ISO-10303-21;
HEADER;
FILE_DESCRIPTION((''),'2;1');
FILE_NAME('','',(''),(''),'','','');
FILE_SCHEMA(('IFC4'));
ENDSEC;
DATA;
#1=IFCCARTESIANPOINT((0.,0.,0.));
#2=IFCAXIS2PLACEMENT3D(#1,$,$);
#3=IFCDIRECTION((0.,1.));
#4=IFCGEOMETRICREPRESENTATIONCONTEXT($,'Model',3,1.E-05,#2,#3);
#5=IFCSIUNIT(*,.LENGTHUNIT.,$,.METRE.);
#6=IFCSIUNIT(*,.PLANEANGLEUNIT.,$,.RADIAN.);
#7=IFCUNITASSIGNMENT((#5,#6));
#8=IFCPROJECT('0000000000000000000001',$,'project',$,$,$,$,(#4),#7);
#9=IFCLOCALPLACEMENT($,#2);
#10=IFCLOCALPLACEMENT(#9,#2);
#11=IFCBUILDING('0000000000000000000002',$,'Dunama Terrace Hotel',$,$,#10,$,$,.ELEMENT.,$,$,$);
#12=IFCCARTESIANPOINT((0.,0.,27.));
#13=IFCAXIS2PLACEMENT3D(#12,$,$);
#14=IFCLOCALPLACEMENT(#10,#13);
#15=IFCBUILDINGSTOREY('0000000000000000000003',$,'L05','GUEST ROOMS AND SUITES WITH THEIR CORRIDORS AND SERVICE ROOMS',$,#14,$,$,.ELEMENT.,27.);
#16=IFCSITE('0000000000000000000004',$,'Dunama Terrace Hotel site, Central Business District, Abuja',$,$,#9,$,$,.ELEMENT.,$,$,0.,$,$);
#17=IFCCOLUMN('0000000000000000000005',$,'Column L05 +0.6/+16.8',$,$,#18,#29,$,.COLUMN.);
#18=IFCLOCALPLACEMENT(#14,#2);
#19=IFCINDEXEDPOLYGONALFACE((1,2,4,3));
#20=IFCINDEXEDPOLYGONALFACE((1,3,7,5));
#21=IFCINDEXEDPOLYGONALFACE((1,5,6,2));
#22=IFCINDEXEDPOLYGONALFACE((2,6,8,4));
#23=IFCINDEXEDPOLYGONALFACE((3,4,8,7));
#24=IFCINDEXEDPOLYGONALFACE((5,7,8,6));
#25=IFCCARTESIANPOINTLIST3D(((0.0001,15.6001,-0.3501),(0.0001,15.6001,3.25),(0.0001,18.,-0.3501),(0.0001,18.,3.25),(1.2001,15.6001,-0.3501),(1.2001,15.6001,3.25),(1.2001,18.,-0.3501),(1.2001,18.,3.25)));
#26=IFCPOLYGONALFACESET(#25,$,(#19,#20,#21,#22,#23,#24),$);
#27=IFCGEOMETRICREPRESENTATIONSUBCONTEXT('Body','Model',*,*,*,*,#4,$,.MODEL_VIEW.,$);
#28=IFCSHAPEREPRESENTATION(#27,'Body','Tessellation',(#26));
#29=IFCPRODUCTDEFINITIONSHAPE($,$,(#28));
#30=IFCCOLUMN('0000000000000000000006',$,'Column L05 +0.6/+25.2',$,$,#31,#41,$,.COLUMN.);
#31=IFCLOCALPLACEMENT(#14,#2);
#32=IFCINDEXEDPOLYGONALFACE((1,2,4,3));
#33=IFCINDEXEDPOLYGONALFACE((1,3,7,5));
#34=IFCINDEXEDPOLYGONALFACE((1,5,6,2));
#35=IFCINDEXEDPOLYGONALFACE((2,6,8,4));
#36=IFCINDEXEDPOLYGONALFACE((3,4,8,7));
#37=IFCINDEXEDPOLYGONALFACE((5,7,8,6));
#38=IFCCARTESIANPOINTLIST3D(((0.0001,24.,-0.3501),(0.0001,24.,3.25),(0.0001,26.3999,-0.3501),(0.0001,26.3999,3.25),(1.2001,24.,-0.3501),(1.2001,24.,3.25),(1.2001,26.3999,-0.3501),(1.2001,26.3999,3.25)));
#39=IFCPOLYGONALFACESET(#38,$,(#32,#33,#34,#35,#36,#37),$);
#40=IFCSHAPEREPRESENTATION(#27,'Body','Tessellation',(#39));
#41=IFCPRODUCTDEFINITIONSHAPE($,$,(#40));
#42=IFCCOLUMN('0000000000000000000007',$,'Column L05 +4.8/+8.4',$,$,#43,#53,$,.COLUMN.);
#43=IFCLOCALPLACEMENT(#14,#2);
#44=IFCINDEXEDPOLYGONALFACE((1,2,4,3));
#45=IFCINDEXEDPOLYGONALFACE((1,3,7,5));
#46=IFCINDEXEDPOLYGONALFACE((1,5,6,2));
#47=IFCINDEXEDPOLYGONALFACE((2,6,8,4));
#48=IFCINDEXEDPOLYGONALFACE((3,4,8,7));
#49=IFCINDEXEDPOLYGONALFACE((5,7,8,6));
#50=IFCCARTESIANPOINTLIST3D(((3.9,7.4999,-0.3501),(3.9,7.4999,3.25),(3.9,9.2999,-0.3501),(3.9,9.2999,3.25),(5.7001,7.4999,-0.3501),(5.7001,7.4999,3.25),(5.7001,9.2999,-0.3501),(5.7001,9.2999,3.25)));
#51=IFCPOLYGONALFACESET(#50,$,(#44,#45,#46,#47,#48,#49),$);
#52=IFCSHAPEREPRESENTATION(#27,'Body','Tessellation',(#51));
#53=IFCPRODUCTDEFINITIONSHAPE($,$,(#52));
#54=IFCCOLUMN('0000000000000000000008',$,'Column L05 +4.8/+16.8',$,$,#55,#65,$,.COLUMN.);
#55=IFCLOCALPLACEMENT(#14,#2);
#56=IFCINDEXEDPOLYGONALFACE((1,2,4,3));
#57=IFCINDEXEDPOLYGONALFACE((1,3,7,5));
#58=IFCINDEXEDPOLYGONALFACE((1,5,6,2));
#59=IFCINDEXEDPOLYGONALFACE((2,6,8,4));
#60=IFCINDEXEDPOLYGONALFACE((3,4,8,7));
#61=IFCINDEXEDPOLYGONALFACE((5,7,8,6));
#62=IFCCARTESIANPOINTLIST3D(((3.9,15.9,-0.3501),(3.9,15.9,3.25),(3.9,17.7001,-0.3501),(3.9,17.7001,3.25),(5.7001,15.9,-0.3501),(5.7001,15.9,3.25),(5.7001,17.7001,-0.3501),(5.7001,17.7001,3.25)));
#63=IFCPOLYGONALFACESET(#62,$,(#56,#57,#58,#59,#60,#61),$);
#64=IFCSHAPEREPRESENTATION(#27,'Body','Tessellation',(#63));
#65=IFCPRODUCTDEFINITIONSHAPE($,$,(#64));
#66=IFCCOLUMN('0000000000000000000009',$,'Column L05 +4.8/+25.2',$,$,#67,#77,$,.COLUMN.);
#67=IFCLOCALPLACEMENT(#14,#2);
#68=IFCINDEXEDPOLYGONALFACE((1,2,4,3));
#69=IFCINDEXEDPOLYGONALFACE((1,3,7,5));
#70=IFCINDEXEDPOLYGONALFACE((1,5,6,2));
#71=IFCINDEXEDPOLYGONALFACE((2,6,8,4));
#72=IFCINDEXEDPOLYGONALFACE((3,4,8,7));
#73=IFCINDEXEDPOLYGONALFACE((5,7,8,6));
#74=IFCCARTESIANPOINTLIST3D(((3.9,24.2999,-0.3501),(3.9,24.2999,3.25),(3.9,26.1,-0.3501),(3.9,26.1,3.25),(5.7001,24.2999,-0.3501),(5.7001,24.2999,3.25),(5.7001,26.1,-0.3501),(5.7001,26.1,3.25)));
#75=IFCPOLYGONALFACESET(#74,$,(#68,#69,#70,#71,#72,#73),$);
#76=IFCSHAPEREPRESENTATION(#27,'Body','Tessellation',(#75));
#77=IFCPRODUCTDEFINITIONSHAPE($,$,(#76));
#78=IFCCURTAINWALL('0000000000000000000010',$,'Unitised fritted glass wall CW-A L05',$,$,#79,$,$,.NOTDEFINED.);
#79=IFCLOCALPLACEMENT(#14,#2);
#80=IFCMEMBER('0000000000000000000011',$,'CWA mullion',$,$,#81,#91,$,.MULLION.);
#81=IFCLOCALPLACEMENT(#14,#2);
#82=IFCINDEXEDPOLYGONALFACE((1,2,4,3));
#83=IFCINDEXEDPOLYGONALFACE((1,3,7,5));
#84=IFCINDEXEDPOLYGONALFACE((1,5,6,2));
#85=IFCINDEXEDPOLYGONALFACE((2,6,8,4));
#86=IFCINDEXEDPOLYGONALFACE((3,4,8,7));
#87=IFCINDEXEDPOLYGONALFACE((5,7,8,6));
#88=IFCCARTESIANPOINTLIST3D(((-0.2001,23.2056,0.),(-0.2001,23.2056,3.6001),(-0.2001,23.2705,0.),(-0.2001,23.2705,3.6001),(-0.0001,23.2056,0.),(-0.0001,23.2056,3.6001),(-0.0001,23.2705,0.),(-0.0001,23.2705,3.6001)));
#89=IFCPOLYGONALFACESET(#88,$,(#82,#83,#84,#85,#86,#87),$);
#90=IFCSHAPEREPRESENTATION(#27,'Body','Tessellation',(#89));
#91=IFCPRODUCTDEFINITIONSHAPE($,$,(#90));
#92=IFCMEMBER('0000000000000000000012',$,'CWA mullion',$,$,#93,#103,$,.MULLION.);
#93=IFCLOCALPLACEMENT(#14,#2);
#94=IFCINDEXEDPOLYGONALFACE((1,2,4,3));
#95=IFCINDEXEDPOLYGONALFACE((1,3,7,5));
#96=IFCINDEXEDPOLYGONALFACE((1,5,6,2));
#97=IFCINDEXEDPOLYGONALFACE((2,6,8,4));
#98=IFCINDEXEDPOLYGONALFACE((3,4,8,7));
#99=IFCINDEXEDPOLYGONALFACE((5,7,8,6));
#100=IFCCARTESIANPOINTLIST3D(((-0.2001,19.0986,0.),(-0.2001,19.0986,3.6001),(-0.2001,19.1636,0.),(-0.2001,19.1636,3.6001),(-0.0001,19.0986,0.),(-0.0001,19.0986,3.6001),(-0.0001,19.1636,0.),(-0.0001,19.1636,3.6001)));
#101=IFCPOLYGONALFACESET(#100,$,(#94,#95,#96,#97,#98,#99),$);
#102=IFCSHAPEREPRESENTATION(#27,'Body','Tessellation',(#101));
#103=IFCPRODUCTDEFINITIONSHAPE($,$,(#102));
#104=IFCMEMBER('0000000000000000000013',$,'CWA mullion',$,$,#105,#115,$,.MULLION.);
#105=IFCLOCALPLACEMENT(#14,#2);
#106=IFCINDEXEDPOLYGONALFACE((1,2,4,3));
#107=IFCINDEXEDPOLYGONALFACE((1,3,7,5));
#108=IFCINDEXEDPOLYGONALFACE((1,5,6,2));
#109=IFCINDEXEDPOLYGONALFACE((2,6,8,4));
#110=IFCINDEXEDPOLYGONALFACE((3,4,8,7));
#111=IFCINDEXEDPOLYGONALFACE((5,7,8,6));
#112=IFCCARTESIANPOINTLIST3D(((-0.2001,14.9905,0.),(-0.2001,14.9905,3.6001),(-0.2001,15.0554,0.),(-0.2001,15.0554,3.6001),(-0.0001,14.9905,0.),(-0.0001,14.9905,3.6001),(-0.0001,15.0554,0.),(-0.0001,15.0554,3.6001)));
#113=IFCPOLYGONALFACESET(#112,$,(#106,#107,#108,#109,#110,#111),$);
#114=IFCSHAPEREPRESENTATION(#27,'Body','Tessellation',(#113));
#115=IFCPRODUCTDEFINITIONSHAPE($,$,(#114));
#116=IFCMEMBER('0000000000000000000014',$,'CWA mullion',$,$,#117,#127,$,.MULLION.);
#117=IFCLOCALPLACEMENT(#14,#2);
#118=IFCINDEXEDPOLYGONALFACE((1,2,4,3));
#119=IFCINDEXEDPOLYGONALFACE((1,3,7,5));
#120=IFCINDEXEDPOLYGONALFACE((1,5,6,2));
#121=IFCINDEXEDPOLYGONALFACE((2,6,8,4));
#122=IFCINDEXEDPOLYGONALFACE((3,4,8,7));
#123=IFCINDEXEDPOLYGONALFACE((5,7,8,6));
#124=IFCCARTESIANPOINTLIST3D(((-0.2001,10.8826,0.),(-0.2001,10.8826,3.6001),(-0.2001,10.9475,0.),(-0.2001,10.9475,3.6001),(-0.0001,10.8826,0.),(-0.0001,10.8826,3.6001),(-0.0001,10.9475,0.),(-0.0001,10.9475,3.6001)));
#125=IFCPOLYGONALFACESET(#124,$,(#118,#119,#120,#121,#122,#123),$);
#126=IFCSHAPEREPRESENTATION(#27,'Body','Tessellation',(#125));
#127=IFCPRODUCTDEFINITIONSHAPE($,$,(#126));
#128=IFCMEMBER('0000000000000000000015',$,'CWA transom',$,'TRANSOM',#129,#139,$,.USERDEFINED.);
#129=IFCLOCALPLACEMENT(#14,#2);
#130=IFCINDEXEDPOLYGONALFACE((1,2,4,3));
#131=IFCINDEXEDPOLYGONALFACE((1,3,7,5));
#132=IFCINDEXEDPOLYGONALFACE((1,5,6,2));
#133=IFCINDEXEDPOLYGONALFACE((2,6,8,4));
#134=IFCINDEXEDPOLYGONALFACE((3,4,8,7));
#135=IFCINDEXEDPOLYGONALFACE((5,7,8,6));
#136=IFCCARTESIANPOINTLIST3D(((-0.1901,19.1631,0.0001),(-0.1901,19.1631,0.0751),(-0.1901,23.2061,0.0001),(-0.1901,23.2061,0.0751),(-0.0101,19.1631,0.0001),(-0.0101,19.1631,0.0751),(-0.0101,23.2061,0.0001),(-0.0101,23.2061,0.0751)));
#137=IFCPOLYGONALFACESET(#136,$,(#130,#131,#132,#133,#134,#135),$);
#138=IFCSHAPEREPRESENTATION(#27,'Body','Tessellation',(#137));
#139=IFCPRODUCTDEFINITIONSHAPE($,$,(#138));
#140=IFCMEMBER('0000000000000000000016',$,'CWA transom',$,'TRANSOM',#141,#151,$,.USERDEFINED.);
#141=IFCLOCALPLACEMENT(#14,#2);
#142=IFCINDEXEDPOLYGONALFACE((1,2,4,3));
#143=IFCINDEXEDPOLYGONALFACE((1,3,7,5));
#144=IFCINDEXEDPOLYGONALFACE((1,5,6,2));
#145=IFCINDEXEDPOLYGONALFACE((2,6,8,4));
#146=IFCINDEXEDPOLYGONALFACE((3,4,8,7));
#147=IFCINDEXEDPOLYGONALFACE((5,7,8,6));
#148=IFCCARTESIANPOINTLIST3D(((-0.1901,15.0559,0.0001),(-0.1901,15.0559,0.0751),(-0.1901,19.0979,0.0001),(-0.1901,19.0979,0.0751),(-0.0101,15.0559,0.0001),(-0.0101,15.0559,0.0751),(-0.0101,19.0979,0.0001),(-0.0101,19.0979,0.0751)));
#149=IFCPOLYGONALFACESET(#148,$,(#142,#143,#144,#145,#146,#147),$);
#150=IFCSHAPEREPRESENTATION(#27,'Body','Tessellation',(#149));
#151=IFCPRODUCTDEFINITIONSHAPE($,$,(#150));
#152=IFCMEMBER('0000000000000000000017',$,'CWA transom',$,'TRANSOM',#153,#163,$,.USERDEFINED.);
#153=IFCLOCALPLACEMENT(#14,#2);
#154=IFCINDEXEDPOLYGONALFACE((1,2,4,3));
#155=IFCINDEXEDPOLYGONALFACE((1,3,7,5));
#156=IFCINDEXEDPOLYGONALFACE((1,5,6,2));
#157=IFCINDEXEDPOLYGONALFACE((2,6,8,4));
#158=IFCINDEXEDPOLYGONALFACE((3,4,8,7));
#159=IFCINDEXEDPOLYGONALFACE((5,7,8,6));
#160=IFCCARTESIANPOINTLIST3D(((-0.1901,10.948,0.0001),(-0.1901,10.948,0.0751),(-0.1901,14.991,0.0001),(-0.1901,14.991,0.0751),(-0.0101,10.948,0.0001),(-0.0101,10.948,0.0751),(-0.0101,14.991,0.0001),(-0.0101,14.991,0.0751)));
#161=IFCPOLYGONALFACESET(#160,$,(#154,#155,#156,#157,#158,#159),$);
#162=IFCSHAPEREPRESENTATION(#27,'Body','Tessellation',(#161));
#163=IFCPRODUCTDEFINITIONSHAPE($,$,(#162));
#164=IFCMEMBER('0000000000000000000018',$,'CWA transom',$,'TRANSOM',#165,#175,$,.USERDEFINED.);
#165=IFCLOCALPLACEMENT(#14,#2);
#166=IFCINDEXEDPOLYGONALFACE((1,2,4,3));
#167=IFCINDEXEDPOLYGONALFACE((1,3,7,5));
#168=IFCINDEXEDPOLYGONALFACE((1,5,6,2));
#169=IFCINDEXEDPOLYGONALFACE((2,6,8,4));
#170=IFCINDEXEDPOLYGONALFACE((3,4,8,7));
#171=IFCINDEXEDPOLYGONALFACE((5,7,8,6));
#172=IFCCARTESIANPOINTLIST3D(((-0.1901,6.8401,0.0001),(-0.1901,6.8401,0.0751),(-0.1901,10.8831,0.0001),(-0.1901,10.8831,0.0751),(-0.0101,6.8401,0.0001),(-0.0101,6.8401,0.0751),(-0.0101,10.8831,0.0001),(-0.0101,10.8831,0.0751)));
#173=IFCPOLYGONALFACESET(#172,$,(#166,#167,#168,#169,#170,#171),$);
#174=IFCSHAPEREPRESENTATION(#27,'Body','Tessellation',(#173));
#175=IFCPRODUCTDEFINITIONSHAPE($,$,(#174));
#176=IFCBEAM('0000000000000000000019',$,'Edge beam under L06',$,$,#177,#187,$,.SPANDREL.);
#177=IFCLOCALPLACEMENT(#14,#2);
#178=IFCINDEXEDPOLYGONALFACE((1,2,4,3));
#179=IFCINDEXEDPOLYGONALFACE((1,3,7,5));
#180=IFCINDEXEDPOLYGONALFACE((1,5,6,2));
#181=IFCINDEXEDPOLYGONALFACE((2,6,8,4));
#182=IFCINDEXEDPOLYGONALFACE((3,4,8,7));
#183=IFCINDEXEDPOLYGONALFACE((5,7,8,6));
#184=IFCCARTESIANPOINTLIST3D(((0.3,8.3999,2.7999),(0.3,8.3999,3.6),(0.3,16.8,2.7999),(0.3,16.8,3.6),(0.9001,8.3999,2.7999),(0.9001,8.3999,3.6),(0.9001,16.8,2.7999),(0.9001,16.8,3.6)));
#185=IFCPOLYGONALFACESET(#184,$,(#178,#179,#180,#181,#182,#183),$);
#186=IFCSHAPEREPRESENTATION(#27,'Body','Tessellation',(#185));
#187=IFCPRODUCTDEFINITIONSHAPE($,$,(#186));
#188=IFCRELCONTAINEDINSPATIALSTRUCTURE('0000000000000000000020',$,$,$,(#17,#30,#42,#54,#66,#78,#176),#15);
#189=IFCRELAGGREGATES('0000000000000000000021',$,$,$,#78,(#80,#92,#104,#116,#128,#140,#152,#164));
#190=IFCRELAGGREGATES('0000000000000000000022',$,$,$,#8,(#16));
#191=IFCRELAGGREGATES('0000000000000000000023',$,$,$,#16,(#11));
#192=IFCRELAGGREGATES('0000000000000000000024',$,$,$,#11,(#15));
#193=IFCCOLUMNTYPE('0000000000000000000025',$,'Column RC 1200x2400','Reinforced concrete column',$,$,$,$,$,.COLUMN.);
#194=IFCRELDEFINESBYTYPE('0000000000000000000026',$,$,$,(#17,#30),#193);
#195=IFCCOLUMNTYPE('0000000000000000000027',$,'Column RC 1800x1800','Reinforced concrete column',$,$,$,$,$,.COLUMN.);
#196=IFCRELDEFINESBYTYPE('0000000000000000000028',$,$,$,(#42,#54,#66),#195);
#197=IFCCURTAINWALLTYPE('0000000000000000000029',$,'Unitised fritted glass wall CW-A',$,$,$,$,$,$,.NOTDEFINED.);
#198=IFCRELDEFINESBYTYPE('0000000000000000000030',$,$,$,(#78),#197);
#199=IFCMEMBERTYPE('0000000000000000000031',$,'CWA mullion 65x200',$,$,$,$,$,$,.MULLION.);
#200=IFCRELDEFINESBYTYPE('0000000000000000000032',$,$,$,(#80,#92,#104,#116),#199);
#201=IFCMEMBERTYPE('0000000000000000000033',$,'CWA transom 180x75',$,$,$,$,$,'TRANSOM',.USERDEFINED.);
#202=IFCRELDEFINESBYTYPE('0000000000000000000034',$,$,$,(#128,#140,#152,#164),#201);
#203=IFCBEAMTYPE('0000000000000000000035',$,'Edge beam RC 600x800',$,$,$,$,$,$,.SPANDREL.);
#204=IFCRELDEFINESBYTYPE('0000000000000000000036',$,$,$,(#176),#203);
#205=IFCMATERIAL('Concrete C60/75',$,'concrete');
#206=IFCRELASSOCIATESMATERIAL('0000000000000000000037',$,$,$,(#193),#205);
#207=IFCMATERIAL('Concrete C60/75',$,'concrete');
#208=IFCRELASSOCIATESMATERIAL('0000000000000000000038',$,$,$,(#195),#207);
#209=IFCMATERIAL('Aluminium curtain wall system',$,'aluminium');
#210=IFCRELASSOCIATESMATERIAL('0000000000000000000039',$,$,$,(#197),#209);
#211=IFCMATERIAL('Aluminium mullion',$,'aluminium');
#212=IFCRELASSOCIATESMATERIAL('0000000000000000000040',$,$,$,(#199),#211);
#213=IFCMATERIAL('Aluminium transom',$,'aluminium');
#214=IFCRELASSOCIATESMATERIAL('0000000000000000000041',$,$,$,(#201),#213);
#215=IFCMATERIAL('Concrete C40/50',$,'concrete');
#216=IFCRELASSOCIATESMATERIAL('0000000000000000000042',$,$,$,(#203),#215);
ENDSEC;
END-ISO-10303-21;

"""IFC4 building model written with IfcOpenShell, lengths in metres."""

from ifc_helpers import new_model, si_unit, direction, frame, origin, origin_2d, place, context, subcontext, project, spatial, rectangle, extrude, material, material_profile, profile_set, type_object, element, aggregate, save


model = new_model("IFC4")

# Units and contexts
model_context = context("Model", 3, precision=1e-05, world=origin(), true_north=direction((0.0, 1.0)))
body_context = subcontext(model_context, "Body", "Model", "MODEL_VIEW")
ifc_project = project(units=[si_unit("LENGTHUNIT", "METRE"), si_unit("PLANEANGLEUNIT", "RADIAN")], contexts=[model_context])

# Site, building, storey
site_placement = place(None, origin())
site = spatial("IfcSite", under=ifc_project, at=site_placement, Name="Dunama Terrace Hotel site, Central Business District, Abuja", CompositionType="ELEMENT", RefElevation=0.0)
building_placement = place(site_placement, origin())
building = spatial("IfcBuilding", under=site, at=building_placement, Name="Dunama Terrace Hotel", CompositionType="ELEMENT")
storey_placement = place(building_placement, frame((0.0, 0.0, 27.0)))
storey = spatial("IfcBuildingStorey", under=building, at=storey_placement, Name="L05", Description="GUEST ROOMS AND SUITES WITH THEIR CORRIDORS AND SERVICE ROOMS", CompositionType="ELEMENT", Elevation=27.0)

# Columns
ifc_material_1 = material(Name="Concrete C60/75", Category="concrete")
ifc_material_profile_1 = material_profile(ifc_material_1, rectangle(XDim=1.2, YDim=2.3999, at=origin_2d()), Name="RC 1200x2400")
ifc_profile_set_1 = profile_set([ifc_material_profile_1], Name="Concrete C60/75")
column_type_1 = type_object("IfcColumnType", Name="Column RC 1200x2400", Description="Reinforced concrete column", PredefinedType="COLUMN", material=ifc_profile_set_1)
for number, where, z_axis, x_axis, name in (
    (1, (0.6001, 16.8, -0.3501), (0.0, 0.0, 1.0), (1.0, 0.0, 0.0), "Column L05 +0.6/+16.8"),
    (2, (0.6001, 25.2, -0.3501), (0.0, 0.0, 1.0), (1.0, 0.0, 0.0), "Column L05 +0.6/+25.2"),
):
    element("IfcColumn", number, at=place(storey_placement, frame(where, z_axis=z_axis, x_axis=x_axis)), inside=storey, type_object=column_type_1, Name=name, PredefinedType="COLUMN", context=body_context, shape_type="SweptSolid", body=[
        extrude(rectangle(XDim=1.2, YDim=2.3999, at=origin_2d()), origin(), (0.0, 0.0, 1.0), 3.6001),
    ])
ifc_material_2 = material(Name="Concrete C60/75", Category="concrete")
ifc_material_profile_2 = material_profile(ifc_material_2, rectangle(XDim=1.8, YDim=1.8, at=origin_2d()), Name="RC 1800x1800")
ifc_profile_set_2 = profile_set([ifc_material_profile_2], Name="Concrete C60/75")
column_type_2 = type_object("IfcColumnType", Name="Column RC 1800x1800", Description="Reinforced concrete column", PredefinedType="COLUMN", material=ifc_profile_set_2)
for number, where, z_axis, x_axis, name in (
    (3, (4.8, 8.3999, -0.3501), (0.0, 0.0, 1.0), (1.0, 0.0, 0.0), "Column L05 +4.8/+8.4"),
    (4, (4.8, 16.8, -0.3501), (0.0, 0.0, 1.0), (1.0, 0.0, 0.0), "Column L05 +4.8/+16.8"),
    (5, (4.8, 25.2, -0.3501), (0.0, 0.0, 1.0), (1.0, 0.0, 0.0), "Column L05 +4.8/+25.2"),
):
    element("IfcColumn", number, at=place(storey_placement, frame(where, z_axis=z_axis, x_axis=x_axis)), inside=storey, type_object=column_type_2, Name=name, PredefinedType="COLUMN", context=body_context, shape_type="SweptSolid", body=[
        extrude(rectangle(XDim=1.8, YDim=1.8, at=origin_2d()), origin(), (0.0, 0.0, 1.0), 3.6001),
    ])

# Curtain wall, members
ifc_material_3 = material(Name="Aluminium curtain wall system", Category="aluminium")
curtain_wall_type = type_object("IfcCurtainWallType", Name="Unitised fritted glass wall CW-A", PredefinedType="NOTDEFINED", material=ifc_material_3)
curtain_wall_placement = place(storey_placement, origin())
curtain_wall = element("IfcCurtainWall", 6, at=curtain_wall_placement, inside=storey, type_object=curtain_wall_type, Name="Unitised fritted glass wall CW-A L05", PredefinedType="NOTDEFINED")
ifc_material_4 = material(Name="Aluminium mullion", Category="aluminium")
ifc_material_profile_3 = material_profile(ifc_material_4, rectangle(XDim=0.0649, YDim=0.2, at=origin_2d()), Name="CWA MULLION 65X200")
ifc_profile_set_3 = profile_set([ifc_material_profile_3], Name="Aluminium mullion")
member_type_1 = type_object("IfcMemberType", Name="CWA mullion 65x200", PredefinedType="MULLION", material=ifc_profile_set_3)
member_1_placement = place(storey_placement, frame((-0.1001, 23.238, 0.0), z_axis=(0.0, 0.0, 1.0), x_axis=(0.0, -1.0, 0.0)))
member_1 = element("IfcMember", 7, at=member_1_placement, type_object=member_type_1, Name="CWA mullion", PredefinedType="MULLION", context=body_context, shape_type="SweptSolid", body=[
    extrude(rectangle(XDim=0.0649, YDim=0.2, at=origin_2d()), origin(), (0.0, 0.0, 1.0), 3.6001),
])
member_2_placement = place(storey_placement, frame((-0.1001, 19.1311, 0.0), z_axis=(0.0, 0.0, 1.0), x_axis=(0.0, -1.0, 0.0)))
member_2 = element("IfcMember", 8, at=member_2_placement, type_object=member_type_1, Name="CWA mullion", PredefinedType="MULLION", context=body_context, shape_type="SweptSolid", body=[
    extrude(rectangle(XDim=0.0649, YDim=0.2, at=origin_2d()), origin(), (0.0, 0.0, 1.0), 3.6001),
])
member_3_placement = place(storey_placement, frame((-0.1001, 15.0229, 0.0), z_axis=(0.0, 0.0, 1.0), x_axis=(0.0, -1.0, 0.0)))
member_3 = element("IfcMember", 9, at=member_3_placement, type_object=member_type_1, Name="CWA mullion", PredefinedType="MULLION", context=body_context, shape_type="SweptSolid", body=[
    extrude(rectangle(XDim=0.0649, YDim=0.2, at=origin_2d()), origin(), (0.0, 0.0, 1.0), 3.6001),
])
member_4_placement = place(storey_placement, frame((-0.1001, 10.915, 0.0), z_axis=(0.0, 0.0, 1.0), x_axis=(0.0, -1.0, 0.0)))
member_4 = element("IfcMember", 10, at=member_4_placement, type_object=member_type_1, Name="CWA mullion", PredefinedType="MULLION", context=body_context, shape_type="SweptSolid", body=[
    extrude(rectangle(XDim=0.0649, YDim=0.2, at=origin_2d()), origin(), (0.0, 0.0, 1.0), 3.6001),
])
ifc_material_5 = material(Name="Aluminium transom", Category="aluminium")
ifc_material_profile_4 = material_profile(ifc_material_5, rectangle(XDim=0.1799, YDim=0.075, at=origin_2d()), Name="CWA TRANSOM 180X75")
ifc_profile_set_4 = profile_set([ifc_material_profile_4], Name="Aluminium transom")
member_type_2 = type_object("IfcMemberType", Name="CWA transom 180x75", ElementType="TRANSOM", PredefinedType="USERDEFINED", material=ifc_profile_set_4)
member_5_placement = place(storey_placement, frame((-0.1001, 23.2061, 0.0376), z_axis=(0.0, -1.0, 0.0), x_axis=(1.0, 0.0, 0.0)))
member_5 = element("IfcMember", 11, at=member_5_placement, type_object=member_type_2, Name="CWA transom", ObjectType="TRANSOM", PredefinedType="USERDEFINED", context=body_context, shape_type="SweptSolid", body=[
    extrude(rectangle(XDim=0.1799, YDim=0.075, at=origin_2d()), origin(), (0.0, 0.0, 1.0), 4.043),
])
member_6_placement = place(storey_placement, frame((-0.1001, 19.0979, 0.0376), z_axis=(0.0, -1.0, 0.0), x_axis=(1.0, 0.0, 0.0)))
member_6 = element("IfcMember", 12, at=member_6_placement, type_object=member_type_2, Name="CWA transom", ObjectType="TRANSOM", PredefinedType="USERDEFINED", context=body_context, shape_type="SweptSolid", body=[
    extrude(rectangle(XDim=0.1799, YDim=0.075, at=origin_2d()), origin(), (0.0, 0.0, 1.0), 4.042),
])
member_7_placement = place(storey_placement, frame((-0.1001, 14.991, 0.0376), z_axis=(0.0, -1.0, 0.0), x_axis=(1.0, 0.0, 0.0)))
member_7 = element("IfcMember", 13, at=member_7_placement, type_object=member_type_2, Name="CWA transom", ObjectType="TRANSOM", PredefinedType="USERDEFINED", context=body_context, shape_type="SweptSolid", body=[
    extrude(rectangle(XDim=0.1799, YDim=0.075, at=origin_2d()), origin(), (0.0, 0.0, 1.0), 4.043),
])
member_8_placement = place(storey_placement, frame((-0.1001, 10.8831, 0.0376), z_axis=(0.0, -1.0, 0.0), x_axis=(1.0, 0.0, 0.0)))
member_8 = element("IfcMember", 14, at=member_8_placement, type_object=member_type_2, Name="CWA transom", ObjectType="TRANSOM", PredefinedType="USERDEFINED", context=body_context, shape_type="SweptSolid", body=[
    extrude(rectangle(XDim=0.1799, YDim=0.075, at=origin_2d()), origin(), (0.0, 0.0, 1.0), 4.043),
])

# Beam
ifc_material_6 = material(Name="Concrete C40/50", Category="concrete")
ifc_material_profile_5 = material_profile(ifc_material_6, rectangle(XDim=0.6001, YDim=0.8, at=origin_2d()), Name="RC 600x800")
ifc_profile_set_5 = profile_set([ifc_material_profile_5], Name="Concrete C40/50")
beam_type = type_object("IfcBeamType", Name="Edge beam RC 600x800", PredefinedType="SPANDREL", material=ifc_profile_set_5)
beam_1_placement = place(storey_placement, frame((0.6001, 8.3999, 3.2), z_axis=(0.0, 1.0, 0.0), x_axis=(-1.0, 0.0, 0.0)))
element("IfcBeam", 15, at=beam_1_placement, inside=storey, type_object=beam_type, Name="Edge beam under L06", PredefinedType="SPANDREL", context=body_context, shape_type="SweptSolid", body=[
    extrude(rectangle(XDim=0.6001, YDim=0.8, at=origin_2d()), origin(), (0.0, 0.0, 1.0), 8.4001),
])

aggregate(curtain_wall, [member_1, member_2, member_3, member_4, member_5, member_6, member_7, member_8])

save(model, "model.ifc")
